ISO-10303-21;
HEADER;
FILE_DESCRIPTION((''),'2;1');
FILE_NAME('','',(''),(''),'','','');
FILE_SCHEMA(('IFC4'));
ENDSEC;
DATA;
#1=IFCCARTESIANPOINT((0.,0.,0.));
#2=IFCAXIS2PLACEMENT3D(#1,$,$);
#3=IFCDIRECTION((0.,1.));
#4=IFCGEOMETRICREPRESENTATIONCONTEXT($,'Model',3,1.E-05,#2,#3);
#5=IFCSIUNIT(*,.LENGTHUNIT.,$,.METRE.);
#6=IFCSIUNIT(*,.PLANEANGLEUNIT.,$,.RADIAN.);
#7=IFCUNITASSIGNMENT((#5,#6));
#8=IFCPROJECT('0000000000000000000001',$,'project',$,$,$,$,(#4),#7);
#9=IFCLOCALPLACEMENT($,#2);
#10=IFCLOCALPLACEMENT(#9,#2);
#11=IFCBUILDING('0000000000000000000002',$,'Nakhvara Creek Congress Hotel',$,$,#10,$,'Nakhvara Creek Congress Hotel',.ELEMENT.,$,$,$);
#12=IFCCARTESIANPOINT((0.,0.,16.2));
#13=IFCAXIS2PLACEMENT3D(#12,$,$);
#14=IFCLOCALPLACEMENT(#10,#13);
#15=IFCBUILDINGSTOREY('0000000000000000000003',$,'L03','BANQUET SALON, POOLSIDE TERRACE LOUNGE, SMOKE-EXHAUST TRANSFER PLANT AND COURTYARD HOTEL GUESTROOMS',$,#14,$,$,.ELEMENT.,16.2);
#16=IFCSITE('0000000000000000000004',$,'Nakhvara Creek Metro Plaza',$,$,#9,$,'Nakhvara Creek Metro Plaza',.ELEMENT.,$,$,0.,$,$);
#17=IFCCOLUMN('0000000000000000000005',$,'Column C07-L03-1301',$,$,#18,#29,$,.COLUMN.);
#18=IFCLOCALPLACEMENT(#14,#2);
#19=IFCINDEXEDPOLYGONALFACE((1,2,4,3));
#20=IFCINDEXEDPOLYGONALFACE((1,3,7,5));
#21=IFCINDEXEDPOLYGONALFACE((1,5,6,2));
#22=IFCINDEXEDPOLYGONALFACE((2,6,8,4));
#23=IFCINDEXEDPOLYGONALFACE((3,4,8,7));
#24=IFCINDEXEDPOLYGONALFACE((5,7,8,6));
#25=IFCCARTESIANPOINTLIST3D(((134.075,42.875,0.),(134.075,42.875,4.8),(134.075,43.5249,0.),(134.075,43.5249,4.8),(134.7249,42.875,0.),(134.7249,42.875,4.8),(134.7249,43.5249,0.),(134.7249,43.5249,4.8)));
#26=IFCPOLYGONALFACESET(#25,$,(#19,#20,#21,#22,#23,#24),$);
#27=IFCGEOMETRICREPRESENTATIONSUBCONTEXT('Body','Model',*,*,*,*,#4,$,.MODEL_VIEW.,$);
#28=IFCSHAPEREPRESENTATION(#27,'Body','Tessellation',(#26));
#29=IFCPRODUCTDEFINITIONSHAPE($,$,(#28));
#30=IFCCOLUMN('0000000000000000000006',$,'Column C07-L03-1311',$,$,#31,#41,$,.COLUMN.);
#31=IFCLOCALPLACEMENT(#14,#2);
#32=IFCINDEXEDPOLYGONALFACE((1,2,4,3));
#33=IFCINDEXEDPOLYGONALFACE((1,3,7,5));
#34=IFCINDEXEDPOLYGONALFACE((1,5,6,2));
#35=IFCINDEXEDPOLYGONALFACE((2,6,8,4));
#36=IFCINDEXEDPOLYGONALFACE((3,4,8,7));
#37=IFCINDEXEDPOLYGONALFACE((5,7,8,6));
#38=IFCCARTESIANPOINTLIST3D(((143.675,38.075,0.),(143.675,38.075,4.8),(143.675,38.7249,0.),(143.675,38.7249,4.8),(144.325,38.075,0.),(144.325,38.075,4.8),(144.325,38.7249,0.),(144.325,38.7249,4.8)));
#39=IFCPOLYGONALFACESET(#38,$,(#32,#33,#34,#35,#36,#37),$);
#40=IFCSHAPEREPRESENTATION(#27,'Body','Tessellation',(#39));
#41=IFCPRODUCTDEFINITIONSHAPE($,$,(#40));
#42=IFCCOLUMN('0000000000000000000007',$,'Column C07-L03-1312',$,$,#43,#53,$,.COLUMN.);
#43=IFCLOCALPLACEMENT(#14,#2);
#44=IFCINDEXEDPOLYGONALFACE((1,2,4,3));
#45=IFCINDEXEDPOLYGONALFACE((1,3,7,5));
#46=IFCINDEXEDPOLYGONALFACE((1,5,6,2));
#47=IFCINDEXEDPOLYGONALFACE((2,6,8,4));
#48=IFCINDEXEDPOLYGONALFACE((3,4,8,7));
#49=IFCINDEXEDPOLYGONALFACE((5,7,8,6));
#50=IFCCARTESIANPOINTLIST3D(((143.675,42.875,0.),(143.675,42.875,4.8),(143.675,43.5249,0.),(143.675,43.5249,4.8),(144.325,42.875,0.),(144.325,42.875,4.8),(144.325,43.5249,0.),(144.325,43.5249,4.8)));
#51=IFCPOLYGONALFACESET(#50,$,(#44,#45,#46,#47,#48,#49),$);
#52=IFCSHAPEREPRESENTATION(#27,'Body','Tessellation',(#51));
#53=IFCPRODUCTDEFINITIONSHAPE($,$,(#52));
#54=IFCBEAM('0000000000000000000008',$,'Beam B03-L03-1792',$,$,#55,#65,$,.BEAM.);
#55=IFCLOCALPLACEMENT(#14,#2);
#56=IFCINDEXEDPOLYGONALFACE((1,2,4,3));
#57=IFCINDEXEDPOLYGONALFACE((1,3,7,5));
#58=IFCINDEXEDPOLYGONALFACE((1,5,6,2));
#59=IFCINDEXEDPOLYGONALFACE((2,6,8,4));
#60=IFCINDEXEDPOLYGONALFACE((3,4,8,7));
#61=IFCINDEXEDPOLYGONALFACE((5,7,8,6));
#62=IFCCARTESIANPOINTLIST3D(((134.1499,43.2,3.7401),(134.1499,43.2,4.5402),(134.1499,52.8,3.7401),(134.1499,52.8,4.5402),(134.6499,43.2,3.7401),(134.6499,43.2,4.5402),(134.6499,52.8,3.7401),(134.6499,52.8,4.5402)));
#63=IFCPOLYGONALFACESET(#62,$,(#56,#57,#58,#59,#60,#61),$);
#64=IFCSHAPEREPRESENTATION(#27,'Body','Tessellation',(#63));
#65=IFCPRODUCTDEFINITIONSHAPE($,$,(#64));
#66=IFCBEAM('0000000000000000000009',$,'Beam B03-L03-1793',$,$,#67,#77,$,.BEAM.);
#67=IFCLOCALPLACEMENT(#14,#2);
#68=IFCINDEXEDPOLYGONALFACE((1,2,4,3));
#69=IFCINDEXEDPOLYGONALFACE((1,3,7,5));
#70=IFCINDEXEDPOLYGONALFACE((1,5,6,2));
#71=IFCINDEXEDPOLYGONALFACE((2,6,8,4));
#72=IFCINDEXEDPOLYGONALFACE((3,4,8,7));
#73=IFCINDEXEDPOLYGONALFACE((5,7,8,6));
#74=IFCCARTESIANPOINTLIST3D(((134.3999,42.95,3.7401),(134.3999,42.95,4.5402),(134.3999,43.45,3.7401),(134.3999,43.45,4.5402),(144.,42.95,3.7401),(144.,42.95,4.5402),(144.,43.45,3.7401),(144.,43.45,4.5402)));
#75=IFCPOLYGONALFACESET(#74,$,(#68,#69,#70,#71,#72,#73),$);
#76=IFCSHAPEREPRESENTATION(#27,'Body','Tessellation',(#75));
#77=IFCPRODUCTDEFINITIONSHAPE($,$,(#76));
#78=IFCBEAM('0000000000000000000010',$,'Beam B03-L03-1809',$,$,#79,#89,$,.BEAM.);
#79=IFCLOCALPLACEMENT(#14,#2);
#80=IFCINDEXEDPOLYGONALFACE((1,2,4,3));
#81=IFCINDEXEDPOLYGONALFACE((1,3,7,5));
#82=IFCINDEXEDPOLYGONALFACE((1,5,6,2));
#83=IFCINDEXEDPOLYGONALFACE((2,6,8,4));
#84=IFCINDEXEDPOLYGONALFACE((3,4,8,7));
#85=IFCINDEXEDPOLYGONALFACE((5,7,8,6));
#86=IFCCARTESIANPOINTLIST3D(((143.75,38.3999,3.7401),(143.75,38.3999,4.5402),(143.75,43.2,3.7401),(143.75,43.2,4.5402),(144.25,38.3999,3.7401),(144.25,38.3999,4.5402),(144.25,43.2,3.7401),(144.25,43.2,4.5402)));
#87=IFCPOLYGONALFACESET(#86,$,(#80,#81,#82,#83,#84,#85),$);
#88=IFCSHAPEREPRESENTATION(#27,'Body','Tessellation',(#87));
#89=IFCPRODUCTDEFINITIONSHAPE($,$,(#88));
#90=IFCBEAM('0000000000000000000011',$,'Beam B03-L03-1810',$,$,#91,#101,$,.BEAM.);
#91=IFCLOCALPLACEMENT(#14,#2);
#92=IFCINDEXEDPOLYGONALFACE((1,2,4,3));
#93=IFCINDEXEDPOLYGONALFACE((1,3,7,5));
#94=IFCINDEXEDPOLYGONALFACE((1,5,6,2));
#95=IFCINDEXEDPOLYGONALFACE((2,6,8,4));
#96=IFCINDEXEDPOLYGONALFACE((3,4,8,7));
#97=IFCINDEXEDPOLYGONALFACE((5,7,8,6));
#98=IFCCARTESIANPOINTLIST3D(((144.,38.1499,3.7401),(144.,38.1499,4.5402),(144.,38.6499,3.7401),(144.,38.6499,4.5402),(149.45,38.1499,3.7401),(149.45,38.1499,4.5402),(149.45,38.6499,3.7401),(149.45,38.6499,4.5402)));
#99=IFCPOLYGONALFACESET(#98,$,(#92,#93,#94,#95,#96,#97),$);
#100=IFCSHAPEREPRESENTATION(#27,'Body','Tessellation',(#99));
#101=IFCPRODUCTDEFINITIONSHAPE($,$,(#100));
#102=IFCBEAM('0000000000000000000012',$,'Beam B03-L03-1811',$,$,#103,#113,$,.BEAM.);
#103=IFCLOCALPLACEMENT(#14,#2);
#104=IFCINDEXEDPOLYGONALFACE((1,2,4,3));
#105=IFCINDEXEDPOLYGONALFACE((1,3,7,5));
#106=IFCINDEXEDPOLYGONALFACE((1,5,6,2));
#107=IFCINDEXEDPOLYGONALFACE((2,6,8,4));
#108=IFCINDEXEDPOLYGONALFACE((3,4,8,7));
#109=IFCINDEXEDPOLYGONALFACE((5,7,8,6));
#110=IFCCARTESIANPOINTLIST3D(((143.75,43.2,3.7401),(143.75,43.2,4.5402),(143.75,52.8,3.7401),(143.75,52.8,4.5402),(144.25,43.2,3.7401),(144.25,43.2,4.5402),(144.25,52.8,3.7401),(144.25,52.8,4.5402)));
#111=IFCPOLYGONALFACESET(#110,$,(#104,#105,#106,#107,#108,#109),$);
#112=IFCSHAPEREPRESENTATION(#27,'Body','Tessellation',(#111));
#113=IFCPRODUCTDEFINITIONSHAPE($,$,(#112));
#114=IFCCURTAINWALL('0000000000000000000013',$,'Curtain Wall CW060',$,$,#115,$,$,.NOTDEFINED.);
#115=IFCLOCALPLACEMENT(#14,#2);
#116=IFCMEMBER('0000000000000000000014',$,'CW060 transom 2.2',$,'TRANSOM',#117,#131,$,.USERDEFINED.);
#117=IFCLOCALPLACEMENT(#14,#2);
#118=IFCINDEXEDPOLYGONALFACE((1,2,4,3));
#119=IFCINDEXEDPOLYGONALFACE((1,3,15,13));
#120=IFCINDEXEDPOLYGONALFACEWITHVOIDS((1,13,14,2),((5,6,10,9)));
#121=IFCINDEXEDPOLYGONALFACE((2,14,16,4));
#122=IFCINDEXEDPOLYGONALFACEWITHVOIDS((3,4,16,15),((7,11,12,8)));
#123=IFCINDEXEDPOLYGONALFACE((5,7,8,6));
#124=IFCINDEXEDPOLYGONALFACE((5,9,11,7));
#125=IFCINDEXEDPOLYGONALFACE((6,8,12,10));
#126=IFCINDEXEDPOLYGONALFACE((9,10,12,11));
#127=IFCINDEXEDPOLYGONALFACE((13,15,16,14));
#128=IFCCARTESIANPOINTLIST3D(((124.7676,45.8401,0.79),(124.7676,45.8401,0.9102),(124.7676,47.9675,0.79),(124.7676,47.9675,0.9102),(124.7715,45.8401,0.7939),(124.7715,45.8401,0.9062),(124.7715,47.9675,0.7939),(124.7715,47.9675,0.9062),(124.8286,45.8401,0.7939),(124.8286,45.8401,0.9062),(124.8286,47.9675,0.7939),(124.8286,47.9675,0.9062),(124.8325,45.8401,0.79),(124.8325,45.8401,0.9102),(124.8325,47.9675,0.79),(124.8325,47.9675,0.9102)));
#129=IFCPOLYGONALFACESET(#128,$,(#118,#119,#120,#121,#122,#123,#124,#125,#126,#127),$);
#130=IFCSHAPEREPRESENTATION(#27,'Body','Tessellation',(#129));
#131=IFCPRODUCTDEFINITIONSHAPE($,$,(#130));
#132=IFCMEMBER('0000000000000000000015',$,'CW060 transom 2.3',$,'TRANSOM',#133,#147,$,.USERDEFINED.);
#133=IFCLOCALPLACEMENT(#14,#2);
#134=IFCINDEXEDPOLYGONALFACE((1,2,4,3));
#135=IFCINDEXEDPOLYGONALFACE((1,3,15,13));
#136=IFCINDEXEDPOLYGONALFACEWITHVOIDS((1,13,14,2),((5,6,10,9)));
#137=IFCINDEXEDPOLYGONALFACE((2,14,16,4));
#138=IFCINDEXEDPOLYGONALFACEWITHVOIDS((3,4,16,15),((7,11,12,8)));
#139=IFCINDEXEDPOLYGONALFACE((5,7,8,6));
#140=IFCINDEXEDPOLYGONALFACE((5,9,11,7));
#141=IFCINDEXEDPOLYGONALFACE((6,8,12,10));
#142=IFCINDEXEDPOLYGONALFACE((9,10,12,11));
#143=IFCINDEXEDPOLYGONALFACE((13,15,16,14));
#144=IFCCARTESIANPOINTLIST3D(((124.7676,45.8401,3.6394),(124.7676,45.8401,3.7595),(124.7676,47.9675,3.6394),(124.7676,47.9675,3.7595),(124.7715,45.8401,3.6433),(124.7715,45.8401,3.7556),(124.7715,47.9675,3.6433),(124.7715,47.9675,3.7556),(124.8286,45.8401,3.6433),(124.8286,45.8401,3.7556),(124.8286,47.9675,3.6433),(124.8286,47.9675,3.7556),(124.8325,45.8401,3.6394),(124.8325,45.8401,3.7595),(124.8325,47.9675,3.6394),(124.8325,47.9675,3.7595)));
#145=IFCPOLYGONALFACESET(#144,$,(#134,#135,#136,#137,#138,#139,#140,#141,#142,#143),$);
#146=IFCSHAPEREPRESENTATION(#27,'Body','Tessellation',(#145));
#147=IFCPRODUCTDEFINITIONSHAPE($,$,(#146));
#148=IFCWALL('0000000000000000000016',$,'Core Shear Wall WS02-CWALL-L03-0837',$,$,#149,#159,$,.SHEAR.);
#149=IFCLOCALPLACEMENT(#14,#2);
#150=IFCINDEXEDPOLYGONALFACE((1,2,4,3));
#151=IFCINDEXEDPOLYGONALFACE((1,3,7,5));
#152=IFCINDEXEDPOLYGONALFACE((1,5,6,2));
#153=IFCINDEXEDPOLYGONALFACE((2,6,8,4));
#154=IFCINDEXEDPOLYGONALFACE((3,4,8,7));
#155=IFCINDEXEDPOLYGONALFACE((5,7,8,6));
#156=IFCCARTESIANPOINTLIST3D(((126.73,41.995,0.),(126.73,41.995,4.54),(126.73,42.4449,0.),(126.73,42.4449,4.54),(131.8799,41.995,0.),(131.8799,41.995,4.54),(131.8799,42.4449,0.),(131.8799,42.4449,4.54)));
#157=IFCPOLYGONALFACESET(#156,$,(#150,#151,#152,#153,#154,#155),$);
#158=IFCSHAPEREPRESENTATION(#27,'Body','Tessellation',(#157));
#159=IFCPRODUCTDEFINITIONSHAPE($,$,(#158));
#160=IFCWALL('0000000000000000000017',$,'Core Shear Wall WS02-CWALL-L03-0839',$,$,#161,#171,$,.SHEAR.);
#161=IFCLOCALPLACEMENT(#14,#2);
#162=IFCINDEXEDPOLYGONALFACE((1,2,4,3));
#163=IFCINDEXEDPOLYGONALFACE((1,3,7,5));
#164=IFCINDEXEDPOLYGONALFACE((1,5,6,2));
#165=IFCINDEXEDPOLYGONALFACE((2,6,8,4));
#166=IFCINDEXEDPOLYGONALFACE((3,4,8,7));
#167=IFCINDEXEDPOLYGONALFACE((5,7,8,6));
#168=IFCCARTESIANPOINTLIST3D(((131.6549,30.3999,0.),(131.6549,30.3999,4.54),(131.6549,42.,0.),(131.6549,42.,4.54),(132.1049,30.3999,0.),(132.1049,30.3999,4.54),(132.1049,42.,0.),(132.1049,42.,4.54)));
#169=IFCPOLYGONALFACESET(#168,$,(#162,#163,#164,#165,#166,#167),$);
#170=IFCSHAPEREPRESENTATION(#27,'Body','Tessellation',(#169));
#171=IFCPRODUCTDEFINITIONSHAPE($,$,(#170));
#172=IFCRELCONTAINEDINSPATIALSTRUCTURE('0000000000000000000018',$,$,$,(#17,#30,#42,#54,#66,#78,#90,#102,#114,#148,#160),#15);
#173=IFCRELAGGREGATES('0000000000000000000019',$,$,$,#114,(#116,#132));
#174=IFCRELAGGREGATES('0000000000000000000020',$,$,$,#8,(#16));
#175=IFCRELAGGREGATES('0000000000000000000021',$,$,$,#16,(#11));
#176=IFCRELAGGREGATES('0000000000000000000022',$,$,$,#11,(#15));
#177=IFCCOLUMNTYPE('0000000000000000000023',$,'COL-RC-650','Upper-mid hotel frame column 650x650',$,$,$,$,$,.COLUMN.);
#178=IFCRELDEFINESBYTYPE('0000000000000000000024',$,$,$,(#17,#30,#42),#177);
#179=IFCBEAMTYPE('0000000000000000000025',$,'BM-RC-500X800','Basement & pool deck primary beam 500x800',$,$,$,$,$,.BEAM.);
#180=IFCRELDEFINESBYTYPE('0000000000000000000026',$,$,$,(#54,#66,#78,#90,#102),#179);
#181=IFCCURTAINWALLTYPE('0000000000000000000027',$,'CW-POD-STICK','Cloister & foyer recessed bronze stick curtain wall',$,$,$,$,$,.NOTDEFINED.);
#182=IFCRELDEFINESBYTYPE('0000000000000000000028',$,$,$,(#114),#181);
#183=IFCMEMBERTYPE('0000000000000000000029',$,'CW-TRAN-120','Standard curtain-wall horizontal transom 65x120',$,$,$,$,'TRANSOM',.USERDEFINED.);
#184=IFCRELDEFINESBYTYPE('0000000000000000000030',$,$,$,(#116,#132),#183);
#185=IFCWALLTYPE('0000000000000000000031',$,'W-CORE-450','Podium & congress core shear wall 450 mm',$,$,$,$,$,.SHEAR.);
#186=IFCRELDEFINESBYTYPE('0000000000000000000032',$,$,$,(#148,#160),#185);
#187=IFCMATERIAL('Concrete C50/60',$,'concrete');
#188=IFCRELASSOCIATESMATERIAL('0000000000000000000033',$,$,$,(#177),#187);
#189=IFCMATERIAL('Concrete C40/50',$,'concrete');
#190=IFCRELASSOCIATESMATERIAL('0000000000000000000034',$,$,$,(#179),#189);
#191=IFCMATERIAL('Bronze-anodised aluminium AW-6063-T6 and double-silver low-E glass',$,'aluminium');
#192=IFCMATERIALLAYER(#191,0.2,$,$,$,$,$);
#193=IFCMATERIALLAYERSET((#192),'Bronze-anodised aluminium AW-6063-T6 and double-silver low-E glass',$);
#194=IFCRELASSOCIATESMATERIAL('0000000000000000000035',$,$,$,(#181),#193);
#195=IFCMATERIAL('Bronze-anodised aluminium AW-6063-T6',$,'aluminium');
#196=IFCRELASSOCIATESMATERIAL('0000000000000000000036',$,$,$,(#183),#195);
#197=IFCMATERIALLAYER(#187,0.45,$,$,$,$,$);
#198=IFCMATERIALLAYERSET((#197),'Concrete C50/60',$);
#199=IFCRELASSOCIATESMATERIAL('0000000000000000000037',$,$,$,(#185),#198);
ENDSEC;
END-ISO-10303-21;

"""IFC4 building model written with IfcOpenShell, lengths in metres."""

from ifc_helpers import new_model, si_unit, direction, frame, frame_2d, origin, origin_2d, place, context, subcontext, project, spatial, rectangle, hollow_rectangle, extrude, material, layer, layer_set, material_profile, profile_set, type_object, element, aggregate, save


model = new_model("IFC4")

# Units and contexts
model_context = context("Model", 3, precision=1e-05, world=origin(), true_north=direction((0.0, 1.0)))
body_context = subcontext(model_context, "Body", "Model", "MODEL_VIEW")
ifc_project = project(units=[si_unit("LENGTHUNIT", "METRE"), si_unit("PLANEANGLEUNIT", "RADIAN")], contexts=[model_context])

# Site, building, storey
site_placement = place(None, origin())
site = spatial("IfcSite", under=ifc_project, at=site_placement, Name="Nakhvara Creek Metro Plaza", LongName="Nakhvara Creek Metro Plaza", CompositionType="ELEMENT", RefElevation=0.0)
building_placement = place(site_placement, origin())
building = spatial("IfcBuilding", under=site, at=building_placement, Name="Nakhvara Creek Congress Hotel", LongName="Nakhvara Creek Congress Hotel", CompositionType="ELEMENT")
storey_placement = place(building_placement, frame((0.0, 0.0, 16.2)))
storey = spatial("IfcBuildingStorey", under=building, at=storey_placement, Name="L03", Description="BANQUET SALON, POOLSIDE TERRACE LOUNGE, SMOKE-EXHAUST TRANSFER PLANT AND COURTYARD HOTEL GUESTROOMS", CompositionType="ELEMENT", Elevation=16.2)

# Columns
ifc_material_1 = material(Name="Concrete C50/60", Category="concrete")
ifc_material_profile_1 = material_profile(ifc_material_1, rectangle(XDim=0.6499, YDim=0.6499, at=origin_2d()), Name="RC-COL 650x650", Category="LoadBearing")
ifc_profile_set_1 = profile_set([ifc_material_profile_1], Name="Concrete C50/60")
column_type = type_object("IfcColumnType", Name="COL-RC-650", Description="Upper-mid hotel frame column 650x650", PredefinedType="COLUMN", material=ifc_profile_set_1)
for number, where, z_axis, x_axis, name in (
    (1, (134.3999, 43.2, 0.0), (0.0, 0.0, 1.0), (1.0, 0.0, 0.0), "Column C07-L03-1301"),
    (2, (144.0, 38.3999, 0.0), (0.0, 0.0, 1.0), (1.0, 0.0, 0.0), "Column C07-L03-1311"),
    (3, (144.0, 43.2, 0.0), (0.0, 0.0, 1.0), (1.0, 0.0, 0.0), "Column C07-L03-1312"),
):
    element("IfcColumn", number, at=place(storey_placement, frame(where, z_axis=z_axis, x_axis=x_axis)), inside=storey, type_object=column_type, Name=name, PredefinedType="COLUMN", context=body_context, shape_type="SweptSolid", body=[
        extrude(rectangle(XDim=0.6499, YDim=0.6499, at=origin_2d()), origin(), (0.0, 0.0, 1.0), 4.8),
    ])

# Beams
ifc_material_2 = material(Name="Concrete C40/50", Category="concrete")
ifc_material_profile_2 = material_profile(ifc_material_2, rectangle(XDim=0.5, YDim=0.8, at=origin_2d()), Name="RC-BM 500x800", Category="LoadBearing")
ifc_profile_set_2 = profile_set([ifc_material_profile_2], Name="Concrete C40/50")
beam_type = type_object("IfcBeamType", Name="BM-RC-500X800", Description="Basement & pool deck primary beam 500x800", PredefinedType="BEAM", material=ifc_profile_set_2)
for number, where, z_axis, x_axis, name in (
    (4, (134.3999, 43.2, 4.1401), (0.0, 1.0, 0.0), (-1.0, 0.0, 0.0), "Beam B03-L03-1792"),
    (5, (134.3999, 43.2, 4.1401), (1.0, 0.0, 0.0), (0.0, 1.0, 0.0), "Beam B03-L03-1793"),
):
    element("IfcBeam", number, at=place(storey_placement, frame(where, z_axis=z_axis, x_axis=x_axis)), inside=storey, type_object=beam_type, Name=name, PredefinedType="BEAM", context=body_context, shape_type="SweptSolid", body=[
        extrude(rectangle(XDim=0.5, YDim=0.8, at=origin_2d()), origin(), (0.0, 0.0, 1.0), 9.6001),
    ])
beam_1_placement = place(storey_placement, frame((144.0, 38.3999, 4.1401), z_axis=(0.0, 1.0, 0.0), x_axis=(-1.0, 0.0, 0.0)))
element("IfcBeam", 6, at=beam_1_placement, inside=storey, type_object=beam_type, Name="Beam B03-L03-1809", PredefinedType="BEAM", context=body_context, shape_type="SweptSolid", body=[
    extrude(rectangle(XDim=0.5, YDim=0.8, at=origin_2d()), origin(), (0.0, 0.0, 1.0), 4.8),
])
beam_2_placement = place(storey_placement, frame((144.0, 38.3999, 4.1401), z_axis=(1.0, 0.0, 0.0), x_axis=(0.0, 1.0, 0.0)))
element("IfcBeam", 7, at=beam_2_placement, inside=storey, type_object=beam_type, Name="Beam B03-L03-1810", PredefinedType="BEAM", context=body_context, shape_type="SweptSolid", body=[
    extrude(rectangle(XDim=0.5, YDim=0.8, at=origin_2d()), origin(), (0.0, 0.0, 1.0), 5.45),
])
beam_3_placement = place(storey_placement, frame((144.0, 43.2, 4.1401), z_axis=(0.0, 1.0, 0.0), x_axis=(-1.0, 0.0, 0.0)))
element("IfcBeam", 8, at=beam_3_placement, inside=storey, type_object=beam_type, Name="Beam B03-L03-1811", PredefinedType="BEAM", context=body_context, shape_type="SweptSolid", body=[
    extrude(rectangle(XDim=0.5, YDim=0.8, at=origin_2d()), origin(), (0.0, 0.0, 1.0), 9.6001),
])

# Curtain wall, members
ifc_material_3 = material(Name="Bronze-anodised aluminium AW-6063-T6 and double-silver low-E glass", Category="aluminium")
ifc_layer_1 = layer(ifc_material_3, 0.2)
ifc_layer_set_1 = layer_set([ifc_layer_1], Name="Bronze-anodised aluminium AW-6063-T6 and double-silver low-E glass")
curtain_wall_type = type_object("IfcCurtainWallType", Name="CW-POD-STICK", Description="Cloister & foyer recessed bronze stick curtain wall", PredefinedType="NOTDEFINED", material=ifc_layer_set_1)
curtain_wall_placement = place(storey_placement, origin())
curtain_wall = element("IfcCurtainWall", 9, at=curtain_wall_placement, inside=storey, type_object=curtain_wall_type, Name="Curtain Wall CW060", PredefinedType="NOTDEFINED")
ifc_material_4 = material(Name="Bronze-anodised aluminium AW-6063-T6", Category="aluminium")
ifc_material_profile_3 = material_profile(ifc_material_4, hollow_rectangle(XDim=0.0649, YDim=0.1201, WallThickness=0.0039, at=origin_2d()), Name="ALU-TRAN 65x120x4", Category="LoadBearing")
ifc_profile_set_3 = profile_set([ifc_material_profile_3], Name="Bronze-anodised aluminium AW-6063-T6")
member_type = type_object("IfcMemberType", Name="CW-TRAN-120", Description="Standard curtain-wall horizontal transom 65x120", ElementType="TRANSOM", PredefinedType="USERDEFINED", material=ifc_profile_set_3)
member_1_placement = place(storey_placement, frame((124.8, 45.8401, 0.8501), z_axis=(0.0, 1.0, 0.0), x_axis=(-1.0, 0.0, 0.0)))
member_1 = element("IfcMember", 10, at=member_1_placement, type_object=member_type, Name="CW060 transom 2.2", ObjectType="TRANSOM", PredefinedType="USERDEFINED", context=body_context, shape_type="SweptSolid", body=[
    extrude(hollow_rectangle(XDim=0.0649, YDim=0.1201, WallThickness=0.0039, at=origin_2d()), origin(), (0.0, 0.0, 1.0), 2.1274),
])
member_2_placement = place(storey_placement, frame((124.8, 45.8401, 3.6995), z_axis=(0.0, 1.0, 0.0), x_axis=(-1.0, 0.0, 0.0)))
member_2 = element("IfcMember", 11, at=member_2_placement, type_object=member_type, Name="CW060 transom 2.3", ObjectType="TRANSOM", PredefinedType="USERDEFINED", context=body_context, shape_type="SweptSolid", body=[
    extrude(hollow_rectangle(XDim=0.0649, YDim=0.1201, WallThickness=0.0039, at=origin_2d()), origin(), (0.0, 0.0, 1.0), 2.1274),
])
aggregate(curtain_wall, [member_1, member_2])

# Walls
ifc_layer_2 = layer(ifc_material_1, 0.45)
ifc_layer_set_2 = layer_set([ifc_layer_2], Name="Concrete C50/60")
wall_type_1 = type_object("IfcWallType", Name="W-CORE-450", Description="Podium & congress core shear wall 450 mm", PredefinedType="SHEAR", material=ifc_layer_set_2)
wall_1_placement = place(storey_placement, frame((126.73, 42.22, 0.0), z_axis=(0.0, 0.0, 1.0), x_axis=(1.0, 0.0, 0.0)))
element("IfcWall", 12, at=wall_1_placement, inside=storey, type_object=wall_type_1, Name="Core Shear Wall WS02-CWALL-L03-0837", PredefinedType="SHEAR", context=body_context, shape_type="SweptSolid", body=[
    extrude(rectangle(XDim=5.1499, YDim=0.45, at=frame_2d((2.575, 0.0))), origin(), (0.0, 0.0, 1.0), 4.54),
])
wall_2_placement = place(storey_placement, frame((131.8799, 30.3999, 0.0), z_axis=(0.0, 0.0, 1.0), x_axis=(0.0, 1.0, 0.0)))
element("IfcWall", 13, at=wall_2_placement, inside=storey, type_object=wall_type_1, Name="Core Shear Wall WS02-CWALL-L03-0839", PredefinedType="SHEAR", context=body_context, shape_type="SweptSolid", body=[
    extrude(rectangle(XDim=11.6001, YDim=0.45, at=frame_2d((5.8, 0.0))), origin(), (0.0, 0.0, 1.0), 4.54),
])

save(model, "model.ifc")
